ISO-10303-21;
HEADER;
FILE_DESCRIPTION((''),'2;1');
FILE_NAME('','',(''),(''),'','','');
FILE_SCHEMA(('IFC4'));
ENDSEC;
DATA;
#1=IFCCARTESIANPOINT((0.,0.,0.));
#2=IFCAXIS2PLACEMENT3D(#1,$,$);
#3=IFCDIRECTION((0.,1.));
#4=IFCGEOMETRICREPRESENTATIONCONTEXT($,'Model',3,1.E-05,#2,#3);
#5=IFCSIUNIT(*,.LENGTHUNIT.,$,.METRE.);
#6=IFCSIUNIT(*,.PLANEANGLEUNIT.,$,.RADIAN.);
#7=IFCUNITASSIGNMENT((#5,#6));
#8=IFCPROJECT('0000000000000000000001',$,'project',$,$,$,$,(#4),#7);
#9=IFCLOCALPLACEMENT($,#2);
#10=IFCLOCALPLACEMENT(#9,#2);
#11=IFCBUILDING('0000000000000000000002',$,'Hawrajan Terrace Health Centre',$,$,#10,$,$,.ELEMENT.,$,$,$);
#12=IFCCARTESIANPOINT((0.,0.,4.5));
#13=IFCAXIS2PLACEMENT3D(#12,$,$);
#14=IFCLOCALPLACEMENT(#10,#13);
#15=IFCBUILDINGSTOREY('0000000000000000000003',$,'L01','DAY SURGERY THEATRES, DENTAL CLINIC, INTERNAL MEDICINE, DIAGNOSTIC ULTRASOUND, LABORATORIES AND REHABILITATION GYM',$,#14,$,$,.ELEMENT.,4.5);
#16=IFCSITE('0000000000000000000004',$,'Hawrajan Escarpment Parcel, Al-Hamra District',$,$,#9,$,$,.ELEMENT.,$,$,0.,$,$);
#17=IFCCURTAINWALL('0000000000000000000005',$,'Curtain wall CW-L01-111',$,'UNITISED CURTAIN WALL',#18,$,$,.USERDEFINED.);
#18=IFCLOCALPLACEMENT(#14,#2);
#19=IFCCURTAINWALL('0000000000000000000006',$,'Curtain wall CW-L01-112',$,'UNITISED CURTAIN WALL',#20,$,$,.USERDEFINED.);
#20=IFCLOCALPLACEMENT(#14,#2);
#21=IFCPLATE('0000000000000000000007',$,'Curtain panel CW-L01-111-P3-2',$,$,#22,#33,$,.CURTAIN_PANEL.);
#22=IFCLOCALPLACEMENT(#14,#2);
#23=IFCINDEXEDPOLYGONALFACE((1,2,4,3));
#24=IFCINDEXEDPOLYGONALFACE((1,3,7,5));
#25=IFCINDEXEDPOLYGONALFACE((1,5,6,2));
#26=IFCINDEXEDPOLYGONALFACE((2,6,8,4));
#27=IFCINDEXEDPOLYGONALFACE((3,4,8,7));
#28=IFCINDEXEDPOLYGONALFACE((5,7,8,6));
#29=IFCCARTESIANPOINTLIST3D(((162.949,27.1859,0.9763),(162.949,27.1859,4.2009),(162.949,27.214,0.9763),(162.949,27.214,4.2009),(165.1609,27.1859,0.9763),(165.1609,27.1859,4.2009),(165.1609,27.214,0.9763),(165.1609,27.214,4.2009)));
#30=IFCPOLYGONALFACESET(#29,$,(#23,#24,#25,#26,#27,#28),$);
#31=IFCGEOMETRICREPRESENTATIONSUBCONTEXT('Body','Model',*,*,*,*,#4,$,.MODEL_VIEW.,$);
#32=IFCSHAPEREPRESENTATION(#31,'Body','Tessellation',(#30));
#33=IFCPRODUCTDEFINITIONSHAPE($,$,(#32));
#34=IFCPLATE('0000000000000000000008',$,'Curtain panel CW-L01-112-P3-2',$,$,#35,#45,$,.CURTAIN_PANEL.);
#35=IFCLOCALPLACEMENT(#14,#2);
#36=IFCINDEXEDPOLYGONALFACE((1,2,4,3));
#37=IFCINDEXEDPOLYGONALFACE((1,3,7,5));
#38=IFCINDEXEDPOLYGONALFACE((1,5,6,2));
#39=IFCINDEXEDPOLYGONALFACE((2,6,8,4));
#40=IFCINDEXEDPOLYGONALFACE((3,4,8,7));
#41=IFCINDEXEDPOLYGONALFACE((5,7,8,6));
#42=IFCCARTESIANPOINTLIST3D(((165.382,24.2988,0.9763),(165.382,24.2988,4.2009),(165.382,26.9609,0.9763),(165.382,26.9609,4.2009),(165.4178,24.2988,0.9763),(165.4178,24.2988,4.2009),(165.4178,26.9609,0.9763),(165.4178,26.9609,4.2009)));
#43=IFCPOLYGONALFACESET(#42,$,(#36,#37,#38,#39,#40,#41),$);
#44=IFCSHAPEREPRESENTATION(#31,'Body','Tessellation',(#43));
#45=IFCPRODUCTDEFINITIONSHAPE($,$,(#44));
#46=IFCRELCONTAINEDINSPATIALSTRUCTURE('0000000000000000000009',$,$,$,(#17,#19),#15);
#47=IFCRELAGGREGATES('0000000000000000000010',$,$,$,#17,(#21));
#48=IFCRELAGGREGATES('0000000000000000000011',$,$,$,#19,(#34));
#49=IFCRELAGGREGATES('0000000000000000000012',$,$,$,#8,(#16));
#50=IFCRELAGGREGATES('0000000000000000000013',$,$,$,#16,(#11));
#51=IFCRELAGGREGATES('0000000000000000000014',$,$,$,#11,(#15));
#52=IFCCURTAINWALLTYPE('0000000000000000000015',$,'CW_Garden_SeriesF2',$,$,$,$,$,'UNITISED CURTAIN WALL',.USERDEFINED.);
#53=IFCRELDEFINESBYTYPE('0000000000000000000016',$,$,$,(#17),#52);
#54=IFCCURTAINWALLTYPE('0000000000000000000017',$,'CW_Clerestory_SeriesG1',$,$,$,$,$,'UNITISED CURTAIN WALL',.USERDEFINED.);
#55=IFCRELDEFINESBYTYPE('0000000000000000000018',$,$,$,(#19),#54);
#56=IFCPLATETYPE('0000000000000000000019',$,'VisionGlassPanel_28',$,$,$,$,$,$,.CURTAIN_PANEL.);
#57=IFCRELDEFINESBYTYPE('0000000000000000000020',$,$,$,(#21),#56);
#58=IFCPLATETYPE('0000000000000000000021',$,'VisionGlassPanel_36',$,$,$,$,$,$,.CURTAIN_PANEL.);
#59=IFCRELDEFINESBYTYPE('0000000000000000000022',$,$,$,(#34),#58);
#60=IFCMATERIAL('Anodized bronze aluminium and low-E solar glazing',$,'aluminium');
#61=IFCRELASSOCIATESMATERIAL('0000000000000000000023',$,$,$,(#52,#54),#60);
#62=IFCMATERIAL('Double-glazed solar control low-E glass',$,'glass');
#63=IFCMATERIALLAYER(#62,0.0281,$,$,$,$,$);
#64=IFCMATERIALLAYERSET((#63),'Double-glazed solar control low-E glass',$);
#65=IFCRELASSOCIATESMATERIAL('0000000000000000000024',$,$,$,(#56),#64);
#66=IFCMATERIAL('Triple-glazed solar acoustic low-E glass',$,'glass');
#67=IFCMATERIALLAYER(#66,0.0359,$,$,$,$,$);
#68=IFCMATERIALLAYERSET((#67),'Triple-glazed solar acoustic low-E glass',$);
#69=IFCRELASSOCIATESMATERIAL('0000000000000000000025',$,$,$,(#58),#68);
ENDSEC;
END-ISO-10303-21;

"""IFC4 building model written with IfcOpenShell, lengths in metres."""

from ifc_helpers import new_model, si_unit, direction, frame, origin, origin_2d, place, context, subcontext, project, spatial, rectangle, extrude, material, layer, layer_set, type_object, element, aggregate, save


model = new_model("IFC4")

# Units and contexts
model_context = context("Model", 3, precision=1e-05, world=origin(), true_north=direction((0.0, 1.0)))
body_context = subcontext(model_context, "Body", "Model", "MODEL_VIEW")
ifc_project = project(units=[si_unit("LENGTHUNIT", "METRE"), si_unit("PLANEANGLEUNIT", "RADIAN")], contexts=[model_context])

# Site, building, storey
site_placement = place(None, origin())
site = spatial("IfcSite", under=ifc_project, at=site_placement, Name="Hawrajan Escarpment Parcel, Al-Hamra District", CompositionType="ELEMENT", RefElevation=0.0)
building_placement = place(site_placement, origin())
building = spatial("IfcBuilding", under=site, at=building_placement, Name="Hawrajan Terrace Health Centre", CompositionType="ELEMENT")
storey_placement = place(building_placement, frame((0.0, 0.0, 4.5)))
storey = spatial("IfcBuildingStorey", under=building, at=storey_placement, Name="L01", Description="DAY SURGERY THEATRES, DENTAL CLINIC, INTERNAL MEDICINE, DIAGNOSTIC ULTRASOUND, LABORATORIES AND REHABILITATION GYM", CompositionType="ELEMENT", Elevation=4.5)

# Curtain wall
ifc_material_1 = material(Name="Anodized bronze aluminium and low-E solar glazing", Category="aluminium")
curtain_wall_type_1 = type_object("IfcCurtainWallType", Name="CW_Garden_SeriesF2", ElementType="UNITISED CURTAIN WALL", PredefinedType="USERDEFINED", material=ifc_material_1)
curtain_wall_1_placement = place(storey_placement, origin())
curtain_wall_1 = element("IfcCurtainWall", 1, at=curtain_wall_1_placement, inside=storey, type_object=curtain_wall_type_1, Name="Curtain wall CW-L01-111", ObjectType="UNITISED CURTAIN WALL", PredefinedType="USERDEFINED")

# Curtain wall
curtain_wall_type_2 = type_object("IfcCurtainWallType", Name="CW_Clerestory_SeriesG1", ElementType="UNITISED CURTAIN WALL", PredefinedType="USERDEFINED", material=ifc_material_1)
curtain_wall_2_placement = place(storey_placement, origin())
curtain_wall_2 = element("IfcCurtainWall", 2, at=curtain_wall_2_placement, inside=storey, type_object=curtain_wall_type_2, Name="Curtain wall CW-L01-112", ObjectType="UNITISED CURTAIN WALL", PredefinedType="USERDEFINED")

# Plates
ifc_material_2 = material(Name="Double-glazed solar control low-E glass", Category="glass")
ifc_layer_1 = layer(ifc_material_2, 0.0281)
ifc_layer_set_1 = layer_set([ifc_layer_1], Name="Double-glazed solar control low-E glass")
plate_type_1 = type_object("IfcPlateType", Name="VisionGlassPanel_28", PredefinedType="CURTAIN_PANEL", material=ifc_layer_set_1)
plate_1_placement = place(storey_placement, frame((164.0549, 27.2, 0.9763), z_axis=(0.0, 0.0, 1.0), x_axis=(1.0, 0.0, 0.0)))
plate_1 = element("IfcPlate", 3, at=plate_1_placement, type_object=plate_type_1, Name="Curtain panel CW-L01-111-P3-2", PredefinedType="CURTAIN_PANEL", context=body_context, shape_type="SweptSolid", body=[
    extrude(rectangle(XDim=2.2119, YDim=0.0281, at=origin_2d()), origin(), (0.0, 0.0, 1.0), 3.2246),
])
aggregate(curtain_wall_1, [plate_1])
ifc_material_3 = material(Name="Triple-glazed solar acoustic low-E glass", Category="glass")
ifc_layer_2 = layer(ifc_material_3, 0.0359)
ifc_layer_set_2 = layer_set([ifc_layer_2], Name="Triple-glazed solar acoustic low-E glass")
plate_type_2 = type_object("IfcPlateType", Name="VisionGlassPanel_36", PredefinedType="CURTAIN_PANEL", material=ifc_layer_set_2)
plate_2_placement = place(storey_placement, frame((165.3999, 25.6299, 0.9763), z_axis=(0.0, 0.0, 1.0), x_axis=(0.0, 1.0, 0.0)))
plate_2 = element("IfcPlate", 4, at=plate_2_placement, type_object=plate_type_2, Name="Curtain panel CW-L01-112-P3-2", PredefinedType="CURTAIN_PANEL", context=body_context, shape_type="SweptSolid", body=[
    extrude(rectangle(XDim=2.6621, YDim=0.0359, at=origin_2d()), origin(), (0.0, 0.0, 1.0), 3.2246),
])
aggregate(curtain_wall_2, [plate_2])

save(model, "model.ifc")
